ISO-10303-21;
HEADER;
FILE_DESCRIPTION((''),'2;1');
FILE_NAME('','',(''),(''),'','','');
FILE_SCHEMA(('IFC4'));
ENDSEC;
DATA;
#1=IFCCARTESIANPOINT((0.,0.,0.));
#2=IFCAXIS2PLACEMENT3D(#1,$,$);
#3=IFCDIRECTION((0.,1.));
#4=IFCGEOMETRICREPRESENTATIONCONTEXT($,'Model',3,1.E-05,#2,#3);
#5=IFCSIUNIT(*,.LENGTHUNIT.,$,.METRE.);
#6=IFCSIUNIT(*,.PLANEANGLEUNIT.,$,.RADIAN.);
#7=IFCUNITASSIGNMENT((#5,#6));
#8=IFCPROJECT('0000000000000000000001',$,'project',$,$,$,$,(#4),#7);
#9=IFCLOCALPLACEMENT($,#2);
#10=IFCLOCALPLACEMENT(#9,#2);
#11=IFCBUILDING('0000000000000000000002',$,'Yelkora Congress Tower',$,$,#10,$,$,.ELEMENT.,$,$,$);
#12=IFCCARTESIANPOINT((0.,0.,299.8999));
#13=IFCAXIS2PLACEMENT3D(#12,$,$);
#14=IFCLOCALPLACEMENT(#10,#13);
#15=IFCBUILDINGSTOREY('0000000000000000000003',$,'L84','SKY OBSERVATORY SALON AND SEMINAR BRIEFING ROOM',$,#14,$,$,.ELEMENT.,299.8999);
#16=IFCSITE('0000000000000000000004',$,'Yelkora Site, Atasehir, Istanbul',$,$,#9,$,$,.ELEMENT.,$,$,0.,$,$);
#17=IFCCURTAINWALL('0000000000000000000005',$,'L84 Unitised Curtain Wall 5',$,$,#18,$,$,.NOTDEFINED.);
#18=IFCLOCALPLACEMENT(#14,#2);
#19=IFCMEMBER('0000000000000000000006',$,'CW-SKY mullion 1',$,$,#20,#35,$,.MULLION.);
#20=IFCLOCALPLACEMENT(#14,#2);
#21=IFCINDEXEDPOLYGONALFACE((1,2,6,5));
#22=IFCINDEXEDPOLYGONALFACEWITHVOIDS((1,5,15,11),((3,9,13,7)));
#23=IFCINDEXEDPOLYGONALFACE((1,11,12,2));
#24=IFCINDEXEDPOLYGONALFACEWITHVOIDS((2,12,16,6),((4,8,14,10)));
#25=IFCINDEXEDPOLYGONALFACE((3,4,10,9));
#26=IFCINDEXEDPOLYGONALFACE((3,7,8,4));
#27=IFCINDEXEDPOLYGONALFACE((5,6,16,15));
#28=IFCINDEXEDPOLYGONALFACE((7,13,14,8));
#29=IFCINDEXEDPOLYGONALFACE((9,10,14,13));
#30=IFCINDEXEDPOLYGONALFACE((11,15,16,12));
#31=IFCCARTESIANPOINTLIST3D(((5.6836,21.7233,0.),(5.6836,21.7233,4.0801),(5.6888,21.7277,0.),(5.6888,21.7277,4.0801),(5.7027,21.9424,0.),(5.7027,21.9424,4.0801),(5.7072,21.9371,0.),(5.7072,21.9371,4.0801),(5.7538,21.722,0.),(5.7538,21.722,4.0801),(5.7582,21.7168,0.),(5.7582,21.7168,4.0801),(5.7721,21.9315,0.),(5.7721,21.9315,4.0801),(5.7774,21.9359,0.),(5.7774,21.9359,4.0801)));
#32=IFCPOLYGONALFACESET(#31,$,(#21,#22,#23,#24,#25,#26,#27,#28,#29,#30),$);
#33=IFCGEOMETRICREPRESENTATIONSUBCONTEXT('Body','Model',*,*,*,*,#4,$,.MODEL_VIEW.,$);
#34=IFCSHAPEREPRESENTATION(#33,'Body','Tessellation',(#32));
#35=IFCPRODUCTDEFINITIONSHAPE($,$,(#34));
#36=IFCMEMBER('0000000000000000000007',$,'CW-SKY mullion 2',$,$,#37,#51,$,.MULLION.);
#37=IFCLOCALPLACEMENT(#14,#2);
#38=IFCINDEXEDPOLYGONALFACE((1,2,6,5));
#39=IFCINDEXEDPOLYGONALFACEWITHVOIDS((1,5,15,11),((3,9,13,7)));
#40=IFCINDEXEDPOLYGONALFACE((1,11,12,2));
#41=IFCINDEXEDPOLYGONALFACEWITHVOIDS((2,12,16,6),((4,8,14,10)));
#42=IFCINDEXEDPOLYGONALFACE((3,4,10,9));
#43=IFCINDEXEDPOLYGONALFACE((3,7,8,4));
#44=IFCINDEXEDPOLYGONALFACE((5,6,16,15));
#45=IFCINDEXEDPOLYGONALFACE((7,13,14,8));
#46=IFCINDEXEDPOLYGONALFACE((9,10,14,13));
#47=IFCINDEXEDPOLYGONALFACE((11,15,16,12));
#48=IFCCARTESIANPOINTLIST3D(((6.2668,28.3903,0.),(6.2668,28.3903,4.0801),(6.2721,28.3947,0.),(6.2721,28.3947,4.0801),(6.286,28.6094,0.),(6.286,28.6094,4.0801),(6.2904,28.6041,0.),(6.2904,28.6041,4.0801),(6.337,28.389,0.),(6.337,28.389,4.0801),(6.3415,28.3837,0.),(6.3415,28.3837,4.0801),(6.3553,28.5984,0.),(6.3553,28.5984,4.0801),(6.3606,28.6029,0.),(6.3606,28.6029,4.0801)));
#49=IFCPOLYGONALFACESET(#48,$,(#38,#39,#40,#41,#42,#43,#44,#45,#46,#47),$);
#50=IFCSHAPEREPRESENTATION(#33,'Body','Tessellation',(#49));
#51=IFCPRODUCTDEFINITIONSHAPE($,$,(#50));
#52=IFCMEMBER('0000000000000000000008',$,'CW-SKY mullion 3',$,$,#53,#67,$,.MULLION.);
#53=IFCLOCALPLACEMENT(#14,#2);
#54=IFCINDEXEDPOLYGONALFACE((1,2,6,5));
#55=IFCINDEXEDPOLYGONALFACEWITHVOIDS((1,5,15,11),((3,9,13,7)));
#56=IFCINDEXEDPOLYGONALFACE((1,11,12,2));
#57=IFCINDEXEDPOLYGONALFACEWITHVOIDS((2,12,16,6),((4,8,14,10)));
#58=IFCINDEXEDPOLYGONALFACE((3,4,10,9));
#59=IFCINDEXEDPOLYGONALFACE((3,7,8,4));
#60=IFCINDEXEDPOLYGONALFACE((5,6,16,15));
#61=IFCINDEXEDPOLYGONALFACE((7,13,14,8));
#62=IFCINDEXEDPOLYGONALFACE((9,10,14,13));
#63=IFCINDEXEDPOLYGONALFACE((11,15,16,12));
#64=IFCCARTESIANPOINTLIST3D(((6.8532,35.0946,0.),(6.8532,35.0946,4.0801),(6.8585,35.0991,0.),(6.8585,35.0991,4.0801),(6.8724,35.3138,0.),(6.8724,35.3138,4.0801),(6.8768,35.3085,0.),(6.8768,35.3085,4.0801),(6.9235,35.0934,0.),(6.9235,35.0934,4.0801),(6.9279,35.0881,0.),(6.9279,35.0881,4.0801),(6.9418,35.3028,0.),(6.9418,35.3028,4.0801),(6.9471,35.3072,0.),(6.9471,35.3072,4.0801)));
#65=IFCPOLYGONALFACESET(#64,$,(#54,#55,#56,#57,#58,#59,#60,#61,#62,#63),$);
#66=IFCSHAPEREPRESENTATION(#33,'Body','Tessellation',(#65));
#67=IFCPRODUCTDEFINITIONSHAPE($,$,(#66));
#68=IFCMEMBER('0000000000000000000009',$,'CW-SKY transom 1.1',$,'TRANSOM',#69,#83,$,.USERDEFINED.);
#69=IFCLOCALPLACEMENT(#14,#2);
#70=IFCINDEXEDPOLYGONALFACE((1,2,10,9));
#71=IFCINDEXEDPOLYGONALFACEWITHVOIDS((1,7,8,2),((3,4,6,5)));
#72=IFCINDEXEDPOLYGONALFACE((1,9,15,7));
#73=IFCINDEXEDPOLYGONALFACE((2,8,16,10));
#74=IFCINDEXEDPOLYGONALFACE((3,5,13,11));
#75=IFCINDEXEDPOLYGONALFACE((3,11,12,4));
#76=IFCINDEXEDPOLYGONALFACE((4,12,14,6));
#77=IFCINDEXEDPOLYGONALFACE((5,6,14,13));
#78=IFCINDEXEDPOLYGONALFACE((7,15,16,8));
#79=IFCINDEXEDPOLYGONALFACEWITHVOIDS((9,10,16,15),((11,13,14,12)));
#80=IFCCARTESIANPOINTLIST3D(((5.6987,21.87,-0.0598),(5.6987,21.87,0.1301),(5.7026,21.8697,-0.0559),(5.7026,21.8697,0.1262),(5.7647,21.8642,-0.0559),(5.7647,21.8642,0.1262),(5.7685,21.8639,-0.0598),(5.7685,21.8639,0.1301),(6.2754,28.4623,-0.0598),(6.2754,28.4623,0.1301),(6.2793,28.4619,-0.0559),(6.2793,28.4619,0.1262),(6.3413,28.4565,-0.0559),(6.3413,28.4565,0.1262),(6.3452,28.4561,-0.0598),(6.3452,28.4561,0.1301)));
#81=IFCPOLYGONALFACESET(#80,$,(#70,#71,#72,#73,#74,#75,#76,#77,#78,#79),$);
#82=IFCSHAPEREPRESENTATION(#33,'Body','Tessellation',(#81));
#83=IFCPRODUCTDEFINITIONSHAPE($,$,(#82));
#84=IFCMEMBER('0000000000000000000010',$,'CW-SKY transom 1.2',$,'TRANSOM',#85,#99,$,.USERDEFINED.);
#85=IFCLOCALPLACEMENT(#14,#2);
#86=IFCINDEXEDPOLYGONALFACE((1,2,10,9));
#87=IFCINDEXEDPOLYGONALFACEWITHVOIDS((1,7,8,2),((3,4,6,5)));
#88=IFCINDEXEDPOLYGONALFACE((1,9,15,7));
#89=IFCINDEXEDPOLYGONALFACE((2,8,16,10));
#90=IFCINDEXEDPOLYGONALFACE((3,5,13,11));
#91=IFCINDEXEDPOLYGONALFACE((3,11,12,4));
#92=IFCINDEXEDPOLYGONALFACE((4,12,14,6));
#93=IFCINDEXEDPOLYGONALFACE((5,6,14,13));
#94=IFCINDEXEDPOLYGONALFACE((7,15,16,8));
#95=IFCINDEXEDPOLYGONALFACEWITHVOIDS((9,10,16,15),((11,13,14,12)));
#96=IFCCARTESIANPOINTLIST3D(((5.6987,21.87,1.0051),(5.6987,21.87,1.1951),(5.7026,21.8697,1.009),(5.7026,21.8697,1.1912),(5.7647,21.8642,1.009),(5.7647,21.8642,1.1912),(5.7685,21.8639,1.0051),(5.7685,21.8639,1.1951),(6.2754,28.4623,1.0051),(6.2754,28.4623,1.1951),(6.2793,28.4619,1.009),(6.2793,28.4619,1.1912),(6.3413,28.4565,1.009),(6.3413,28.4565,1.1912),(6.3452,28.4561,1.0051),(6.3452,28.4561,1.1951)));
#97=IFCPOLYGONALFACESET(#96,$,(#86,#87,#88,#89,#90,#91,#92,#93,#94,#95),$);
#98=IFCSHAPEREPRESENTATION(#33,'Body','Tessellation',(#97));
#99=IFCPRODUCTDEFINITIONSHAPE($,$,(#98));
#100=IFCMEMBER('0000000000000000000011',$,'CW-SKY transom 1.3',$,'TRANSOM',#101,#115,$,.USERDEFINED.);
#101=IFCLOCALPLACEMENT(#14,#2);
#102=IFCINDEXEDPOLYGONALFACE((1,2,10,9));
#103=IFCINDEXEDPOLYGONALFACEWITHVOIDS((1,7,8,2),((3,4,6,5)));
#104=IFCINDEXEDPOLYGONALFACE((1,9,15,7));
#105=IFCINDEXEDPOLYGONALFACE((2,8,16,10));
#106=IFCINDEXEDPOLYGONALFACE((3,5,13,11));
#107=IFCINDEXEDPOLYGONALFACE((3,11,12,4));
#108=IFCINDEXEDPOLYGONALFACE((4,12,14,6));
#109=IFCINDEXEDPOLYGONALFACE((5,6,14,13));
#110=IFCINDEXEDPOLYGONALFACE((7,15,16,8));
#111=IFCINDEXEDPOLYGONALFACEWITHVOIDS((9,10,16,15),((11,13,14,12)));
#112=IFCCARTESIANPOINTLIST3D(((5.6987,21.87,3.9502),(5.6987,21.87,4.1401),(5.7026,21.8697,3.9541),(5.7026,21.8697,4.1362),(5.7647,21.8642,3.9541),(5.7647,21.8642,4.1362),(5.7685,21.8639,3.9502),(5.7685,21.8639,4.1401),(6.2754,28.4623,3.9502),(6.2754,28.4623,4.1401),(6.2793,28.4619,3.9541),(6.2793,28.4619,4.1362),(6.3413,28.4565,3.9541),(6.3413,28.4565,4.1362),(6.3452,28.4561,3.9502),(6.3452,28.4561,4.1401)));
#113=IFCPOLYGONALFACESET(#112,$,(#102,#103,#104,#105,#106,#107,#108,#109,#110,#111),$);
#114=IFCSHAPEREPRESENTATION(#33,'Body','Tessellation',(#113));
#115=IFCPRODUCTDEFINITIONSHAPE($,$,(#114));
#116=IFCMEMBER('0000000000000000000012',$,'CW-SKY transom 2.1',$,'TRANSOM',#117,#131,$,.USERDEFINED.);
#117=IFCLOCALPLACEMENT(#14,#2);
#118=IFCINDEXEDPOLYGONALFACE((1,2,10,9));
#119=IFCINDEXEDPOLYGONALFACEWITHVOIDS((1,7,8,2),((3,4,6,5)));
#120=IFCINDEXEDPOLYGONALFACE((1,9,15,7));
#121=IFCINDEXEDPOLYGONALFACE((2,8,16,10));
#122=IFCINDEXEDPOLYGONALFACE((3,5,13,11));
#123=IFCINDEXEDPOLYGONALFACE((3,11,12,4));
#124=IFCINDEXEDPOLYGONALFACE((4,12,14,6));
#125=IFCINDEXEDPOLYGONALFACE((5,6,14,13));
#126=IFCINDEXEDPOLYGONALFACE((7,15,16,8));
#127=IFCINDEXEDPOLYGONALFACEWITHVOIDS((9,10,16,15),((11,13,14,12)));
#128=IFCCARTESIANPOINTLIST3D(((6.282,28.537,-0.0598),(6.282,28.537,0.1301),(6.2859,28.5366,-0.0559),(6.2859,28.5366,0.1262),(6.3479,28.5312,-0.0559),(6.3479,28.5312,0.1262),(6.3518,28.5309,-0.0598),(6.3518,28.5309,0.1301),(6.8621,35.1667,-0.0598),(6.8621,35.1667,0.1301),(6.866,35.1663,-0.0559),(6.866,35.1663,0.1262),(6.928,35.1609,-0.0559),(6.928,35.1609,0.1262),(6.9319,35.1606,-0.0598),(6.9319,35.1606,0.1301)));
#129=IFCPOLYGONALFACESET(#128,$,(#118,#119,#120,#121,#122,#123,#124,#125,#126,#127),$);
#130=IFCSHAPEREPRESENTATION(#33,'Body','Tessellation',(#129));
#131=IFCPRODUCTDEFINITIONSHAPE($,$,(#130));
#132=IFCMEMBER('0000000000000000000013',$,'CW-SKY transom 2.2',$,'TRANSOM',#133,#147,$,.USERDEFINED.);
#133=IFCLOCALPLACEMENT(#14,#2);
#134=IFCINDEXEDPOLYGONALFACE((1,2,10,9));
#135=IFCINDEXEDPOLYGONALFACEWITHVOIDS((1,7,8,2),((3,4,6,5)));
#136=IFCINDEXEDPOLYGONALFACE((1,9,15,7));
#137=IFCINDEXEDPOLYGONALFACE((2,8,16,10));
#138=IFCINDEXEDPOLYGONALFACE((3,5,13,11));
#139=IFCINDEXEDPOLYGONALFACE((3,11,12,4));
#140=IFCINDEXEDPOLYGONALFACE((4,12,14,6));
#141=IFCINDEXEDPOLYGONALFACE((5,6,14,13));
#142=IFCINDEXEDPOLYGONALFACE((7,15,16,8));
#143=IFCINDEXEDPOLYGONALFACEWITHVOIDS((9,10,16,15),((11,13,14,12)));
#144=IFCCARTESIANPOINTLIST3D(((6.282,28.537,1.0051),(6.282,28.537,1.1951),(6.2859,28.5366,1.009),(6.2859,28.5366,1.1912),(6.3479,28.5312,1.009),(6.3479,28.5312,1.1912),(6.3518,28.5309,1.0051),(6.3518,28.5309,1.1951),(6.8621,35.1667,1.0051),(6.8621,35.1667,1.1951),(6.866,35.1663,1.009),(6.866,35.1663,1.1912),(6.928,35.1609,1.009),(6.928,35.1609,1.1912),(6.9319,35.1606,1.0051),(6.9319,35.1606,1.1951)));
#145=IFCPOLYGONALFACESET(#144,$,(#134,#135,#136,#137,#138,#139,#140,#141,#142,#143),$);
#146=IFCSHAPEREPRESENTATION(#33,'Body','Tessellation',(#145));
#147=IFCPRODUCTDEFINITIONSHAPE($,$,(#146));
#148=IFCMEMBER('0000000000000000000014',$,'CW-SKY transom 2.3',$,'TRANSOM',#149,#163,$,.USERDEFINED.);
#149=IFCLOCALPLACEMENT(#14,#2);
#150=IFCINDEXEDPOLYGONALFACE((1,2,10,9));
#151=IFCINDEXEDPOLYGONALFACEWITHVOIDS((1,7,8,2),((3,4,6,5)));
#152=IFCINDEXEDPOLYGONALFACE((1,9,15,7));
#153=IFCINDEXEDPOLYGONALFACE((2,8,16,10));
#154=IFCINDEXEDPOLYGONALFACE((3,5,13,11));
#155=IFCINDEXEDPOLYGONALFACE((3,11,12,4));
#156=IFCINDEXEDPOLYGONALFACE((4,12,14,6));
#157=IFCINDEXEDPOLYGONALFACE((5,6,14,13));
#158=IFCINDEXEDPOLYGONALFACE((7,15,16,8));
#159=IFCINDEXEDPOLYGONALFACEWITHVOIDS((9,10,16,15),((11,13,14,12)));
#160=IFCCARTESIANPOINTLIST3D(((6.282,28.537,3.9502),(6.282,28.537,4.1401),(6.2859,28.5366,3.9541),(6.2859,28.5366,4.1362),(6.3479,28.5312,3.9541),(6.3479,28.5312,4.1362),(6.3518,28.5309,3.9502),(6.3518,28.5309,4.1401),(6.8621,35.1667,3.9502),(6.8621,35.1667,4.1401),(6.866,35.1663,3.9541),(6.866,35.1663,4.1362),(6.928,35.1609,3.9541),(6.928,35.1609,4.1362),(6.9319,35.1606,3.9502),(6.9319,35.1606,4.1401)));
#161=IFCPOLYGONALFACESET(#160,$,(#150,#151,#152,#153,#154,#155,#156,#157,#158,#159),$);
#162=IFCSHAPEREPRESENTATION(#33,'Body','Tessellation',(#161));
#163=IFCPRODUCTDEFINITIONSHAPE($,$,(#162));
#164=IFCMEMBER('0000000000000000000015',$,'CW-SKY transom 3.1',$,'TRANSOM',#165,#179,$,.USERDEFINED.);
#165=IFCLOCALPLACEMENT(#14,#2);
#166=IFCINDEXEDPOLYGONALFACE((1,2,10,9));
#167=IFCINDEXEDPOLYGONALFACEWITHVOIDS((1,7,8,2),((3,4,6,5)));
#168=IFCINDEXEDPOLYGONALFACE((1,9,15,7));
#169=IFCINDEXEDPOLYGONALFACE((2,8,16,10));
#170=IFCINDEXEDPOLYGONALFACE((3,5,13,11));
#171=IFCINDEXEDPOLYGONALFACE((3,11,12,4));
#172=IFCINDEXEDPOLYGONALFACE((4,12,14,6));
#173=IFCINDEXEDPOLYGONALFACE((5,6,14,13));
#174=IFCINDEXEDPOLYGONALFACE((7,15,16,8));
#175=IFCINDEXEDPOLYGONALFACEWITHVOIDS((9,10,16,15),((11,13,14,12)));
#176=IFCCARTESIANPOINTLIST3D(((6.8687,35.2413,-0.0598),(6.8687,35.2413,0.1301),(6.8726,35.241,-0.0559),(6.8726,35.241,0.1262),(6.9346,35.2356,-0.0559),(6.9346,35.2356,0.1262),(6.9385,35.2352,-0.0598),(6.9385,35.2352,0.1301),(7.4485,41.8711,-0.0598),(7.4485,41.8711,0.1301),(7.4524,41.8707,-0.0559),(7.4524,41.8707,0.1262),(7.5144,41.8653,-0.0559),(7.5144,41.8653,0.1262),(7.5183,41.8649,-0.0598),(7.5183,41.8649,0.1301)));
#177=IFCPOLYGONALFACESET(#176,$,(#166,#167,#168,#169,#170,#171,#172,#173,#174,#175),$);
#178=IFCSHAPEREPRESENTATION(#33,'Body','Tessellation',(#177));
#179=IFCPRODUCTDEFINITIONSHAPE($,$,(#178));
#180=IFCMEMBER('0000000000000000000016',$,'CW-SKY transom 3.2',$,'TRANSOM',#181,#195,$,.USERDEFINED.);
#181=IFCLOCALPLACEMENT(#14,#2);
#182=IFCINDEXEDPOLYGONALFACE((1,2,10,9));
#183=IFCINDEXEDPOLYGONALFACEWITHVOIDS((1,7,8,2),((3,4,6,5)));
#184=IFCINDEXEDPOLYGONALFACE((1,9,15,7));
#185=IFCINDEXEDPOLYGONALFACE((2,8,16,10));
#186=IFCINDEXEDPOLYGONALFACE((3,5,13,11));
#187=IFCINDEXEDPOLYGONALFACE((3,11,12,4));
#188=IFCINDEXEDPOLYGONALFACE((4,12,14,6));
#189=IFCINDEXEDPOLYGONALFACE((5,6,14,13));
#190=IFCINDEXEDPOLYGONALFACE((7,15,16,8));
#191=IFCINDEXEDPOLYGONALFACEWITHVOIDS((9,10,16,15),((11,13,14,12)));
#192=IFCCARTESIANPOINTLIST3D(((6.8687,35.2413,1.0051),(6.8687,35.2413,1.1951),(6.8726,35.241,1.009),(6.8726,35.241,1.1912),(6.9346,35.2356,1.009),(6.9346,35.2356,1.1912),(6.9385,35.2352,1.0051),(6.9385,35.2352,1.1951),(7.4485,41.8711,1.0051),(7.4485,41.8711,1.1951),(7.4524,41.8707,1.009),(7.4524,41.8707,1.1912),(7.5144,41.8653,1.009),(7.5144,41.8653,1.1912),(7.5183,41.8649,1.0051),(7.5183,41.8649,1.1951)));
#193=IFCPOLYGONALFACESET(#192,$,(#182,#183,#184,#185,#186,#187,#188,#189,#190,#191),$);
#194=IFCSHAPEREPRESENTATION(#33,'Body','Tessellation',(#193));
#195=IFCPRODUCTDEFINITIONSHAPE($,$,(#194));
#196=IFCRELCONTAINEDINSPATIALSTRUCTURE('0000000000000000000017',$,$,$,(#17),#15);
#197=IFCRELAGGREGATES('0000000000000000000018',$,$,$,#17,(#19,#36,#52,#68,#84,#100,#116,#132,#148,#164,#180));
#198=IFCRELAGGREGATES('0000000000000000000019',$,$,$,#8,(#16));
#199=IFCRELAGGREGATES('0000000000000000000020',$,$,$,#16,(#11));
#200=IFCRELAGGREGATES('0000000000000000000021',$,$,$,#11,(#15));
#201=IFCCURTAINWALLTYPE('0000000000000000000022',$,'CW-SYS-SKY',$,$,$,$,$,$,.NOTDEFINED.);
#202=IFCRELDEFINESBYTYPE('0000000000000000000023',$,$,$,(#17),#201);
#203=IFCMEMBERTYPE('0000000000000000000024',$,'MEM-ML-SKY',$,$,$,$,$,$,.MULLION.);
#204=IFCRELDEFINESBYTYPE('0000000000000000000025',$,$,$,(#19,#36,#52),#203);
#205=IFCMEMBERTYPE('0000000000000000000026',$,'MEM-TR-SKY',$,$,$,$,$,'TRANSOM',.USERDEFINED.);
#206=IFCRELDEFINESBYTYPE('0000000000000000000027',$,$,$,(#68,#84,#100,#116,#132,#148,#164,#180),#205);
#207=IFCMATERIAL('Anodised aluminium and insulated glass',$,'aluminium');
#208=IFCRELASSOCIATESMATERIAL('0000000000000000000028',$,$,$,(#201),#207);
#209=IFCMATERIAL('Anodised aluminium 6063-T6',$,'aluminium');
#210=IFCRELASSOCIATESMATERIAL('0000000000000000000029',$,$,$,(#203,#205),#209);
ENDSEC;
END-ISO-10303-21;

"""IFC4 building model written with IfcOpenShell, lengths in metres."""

from ifc_helpers import new_model, si_unit, direction, frame, origin, origin_2d, place, context, subcontext, project, spatial, hollow_rectangle, extrude, material, material_profile, profile_set, type_object, element, aggregate, save


model = new_model("IFC4")

# Units and contexts
model_context = context("Model", 3, precision=1e-05, world=origin(), true_north=direction((0.0, 1.0)))
body_context = subcontext(model_context, "Body", "Model", "MODEL_VIEW")
ifc_project = project(units=[si_unit("LENGTHUNIT", "METRE"), si_unit("PLANEANGLEUNIT", "RADIAN")], contexts=[model_context])

# Site, building, storey
site_placement = place(None, origin())
site = spatial("IfcSite", under=ifc_project, at=site_placement, Name="Yelkora Site, Atasehir, Istanbul", CompositionType="ELEMENT", RefElevation=0.0)
building_placement = place(site_placement, origin())
building = spatial("IfcBuilding", under=site, at=building_placement, Name="Yelkora Congress Tower", CompositionType="ELEMENT")
storey_placement = place(building_placement, frame((0.0, 0.0, 299.8999)))
storey = spatial("IfcBuildingStorey", under=building, at=storey_placement, Name="L84", Description="SKY OBSERVATORY SALON AND SEMINAR BRIEFING ROOM", CompositionType="ELEMENT", Elevation=299.8999)

# Curtain wall, members
ifc_material_1 = material(Name="Anodised aluminium and insulated glass", Category="aluminium")
curtain_wall_type = type_object("IfcCurtainWallType", Name="CW-SYS-SKY", PredefinedType="NOTDEFINED", material=ifc_material_1)
curtain_wall_placement = place(storey_placement, origin())
curtain_wall = element("IfcCurtainWall", 1, at=curtain_wall_placement, inside=storey, type_object=curtain_wall_type, Name="L84 Unitised Curtain Wall 5", PredefinedType="NOTDEFINED")
ifc_material_2 = material(Name="Anodised aluminium 6063-T6", Category="aluminium")
ifc_material_profile_1 = material_profile(ifc_material_2, hollow_rectangle(XDim=0.075, YDim=0.22, WallThickness=0.0049, at=origin_2d()), Name="ALU 75x220x5")
ifc_profile_set_1 = profile_set([ifc_material_profile_1], Name="Anodised aluminium 6063-T6")
member_type_1 = type_object("IfcMemberType", Name="MEM-ML-SKY", PredefinedType="MULLION", material=ifc_profile_set_1)
member_1_placement = place(storey_placement, frame((5.7305, 21.8296, 0.0), z_axis=(0.0, 0.0, 1.0), x_axis=(-0.996195, 0.087155, 0.0)))
member_1 = element("IfcMember", 2, at=member_1_placement, type_object=member_type_1, Name="CW-SKY mullion 1", PredefinedType="MULLION", context=body_context, shape_type="SweptSolid", body=[
    extrude(hollow_rectangle(XDim=0.075, YDim=0.22, WallThickness=0.0049, at=origin_2d()), origin(), (0.0, 0.0, 1.0), 4.0801),
])
member_2_placement = place(storey_placement, frame((6.3137, 28.4966, 0.0), z_axis=(0.0, 0.0, 1.0), x_axis=(-0.996195, 0.087155, 0.0)))
member_2 = element("IfcMember", 3, at=member_2_placement, type_object=member_type_1, Name="CW-SKY mullion 2", PredefinedType="MULLION", context=body_context, shape_type="SweptSolid", body=[
    extrude(hollow_rectangle(XDim=0.075, YDim=0.22, WallThickness=0.0049, at=origin_2d()), origin(), (0.0, 0.0, 1.0), 4.0801),
])
member_3_placement = place(storey_placement, frame((6.9001, 35.2009, 0.0), z_axis=(0.0, 0.0, 1.0), x_axis=(-0.996195, 0.087155, 0.0)))
member_3 = element("IfcMember", 4, at=member_3_placement, type_object=member_type_1, Name="CW-SKY mullion 3", PredefinedType="MULLION", context=body_context, shape_type="SweptSolid", body=[
    extrude(hollow_rectangle(XDim=0.075, YDim=0.22, WallThickness=0.0049, at=origin_2d()), origin(), (0.0, 0.0, 1.0), 4.0801),
])
ifc_material_profile_2 = material_profile(ifc_material_2, hollow_rectangle(XDim=0.0701, YDim=0.1899, WallThickness=0.0039, at=origin_2d()), Name="ALU 70x190x4")
ifc_profile_set_2 = profile_set([ifc_material_profile_2], Name="Anodised aluminium 6063-T6")
member_type_2 = type_object("IfcMemberType", Name="MEM-TR-SKY", ElementType="TRANSOM", PredefinedType="USERDEFINED", material=ifc_profile_set_2)
member_4_placement = place(storey_placement, frame((5.7336, 21.8669, 0.0352), z_axis=(0.087142, 0.996196, 0.0), x_axis=(-0.996196, 0.087142, 0.0)))
member_4 = element("IfcMember", 5, at=member_4_placement, type_object=member_type_2, Name="CW-SKY transom 1.1", ObjectType="TRANSOM", PredefinedType="USERDEFINED", context=body_context, shape_type="SweptSolid", body=[
    extrude(hollow_rectangle(XDim=0.0701, YDim=0.1899, WallThickness=0.0039, at=origin_2d()), origin(), (0.0, 0.0, 1.0), 6.6174),
])
member_5_placement = place(storey_placement, frame((5.7336, 21.8669, 1.1001), z_axis=(0.087142, 0.996196, 0.0), x_axis=(-0.996196, 0.087142, 0.0)))
member_5 = element("IfcMember", 6, at=member_5_placement, type_object=member_type_2, Name="CW-SKY transom 1.2", ObjectType="TRANSOM", PredefinedType="USERDEFINED", context=body_context, shape_type="SweptSolid", body=[
    extrude(hollow_rectangle(XDim=0.0701, YDim=0.1899, WallThickness=0.0039, at=origin_2d()), origin(), (0.0, 0.0, 1.0), 6.6174),
])
member_6_placement = place(storey_placement, frame((5.7336, 21.8669, 4.0452), z_axis=(0.087142, 0.996196, 0.0), x_axis=(-0.996196, 0.087142, 0.0)))
member_6 = element("IfcMember", 7, at=member_6_placement, type_object=member_type_2, Name="CW-SKY transom 1.3", ObjectType="TRANSOM", PredefinedType="USERDEFINED", context=body_context, shape_type="SweptSolid", body=[
    extrude(hollow_rectangle(XDim=0.0701, YDim=0.1899, WallThickness=0.0039, at=origin_2d()), origin(), (0.0, 0.0, 1.0), 6.6174),
])
member_7_placement = place(storey_placement, frame((6.3169, 28.5339, 0.0352), z_axis=(0.087165, 0.996194, 0.0), x_axis=(-0.996194, 0.087165, 0.0)))
member_7 = element("IfcMember", 8, at=member_7_placement, type_object=member_type_2, Name="CW-SKY transom 2.1", ObjectType="TRANSOM", PredefinedType="USERDEFINED", context=body_context, shape_type="SweptSolid", body=[
    extrude(hollow_rectangle(XDim=0.0701, YDim=0.1899, WallThickness=0.0039, at=origin_2d()), origin(), (0.0, 0.0, 1.0), 6.655),
])
member_8_placement = place(storey_placement, frame((6.3169, 28.5339, 1.1001), z_axis=(0.087165, 0.996194, 0.0), x_axis=(-0.996194, 0.087165, 0.0)))
member_8 = element("IfcMember", 9, at=member_8_placement, type_object=member_type_2, Name="CW-SKY transom 2.2", ObjectType="TRANSOM", PredefinedType="USERDEFINED", context=body_context, shape_type="SweptSolid", body=[
    extrude(hollow_rectangle(XDim=0.0701, YDim=0.1899, WallThickness=0.0039, at=origin_2d()), origin(), (0.0, 0.0, 1.0), 6.655),
])
member_9_placement = place(storey_placement, frame((6.3169, 28.5339, 4.0452), z_axis=(0.087165, 0.996194, 0.0), x_axis=(-0.996194, 0.087165, 0.0)))
member_9 = element("IfcMember", 10, at=member_9_placement, type_object=member_type_2, Name="CW-SKY transom 2.3", ObjectType="TRANSOM", PredefinedType="USERDEFINED", context=body_context, shape_type="SweptSolid", body=[
    extrude(hollow_rectangle(XDim=0.0701, YDim=0.1899, WallThickness=0.0039, at=origin_2d()), origin(), (0.0, 0.0, 1.0), 6.655),
])
member_10_placement = place(storey_placement, frame((6.9036, 35.2383, 0.0352), z_axis=(0.087128, 0.996197, 0.0), x_axis=(-0.996197, 0.087128, 0.0)))
member_10 = element("IfcMember", 11, at=member_10_placement, type_object=member_type_2, Name="CW-SKY transom 3.1", ObjectType="TRANSOM", PredefinedType="USERDEFINED", context=body_context, shape_type="SweptSolid", body=[
    extrude(hollow_rectangle(XDim=0.0701, YDim=0.1899, WallThickness=0.0039, at=origin_2d()), origin(), (0.0, 0.0, 1.0), 6.655),
])
member_11_placement = place(storey_placement, frame((6.9036, 35.2383, 1.1001), z_axis=(0.087128, 0.996197, 0.0), x_axis=(-0.996197, 0.087128, 0.0)))
member_11 = element("IfcMember", 12, at=member_11_placement, type_object=member_type_2, Name="CW-SKY transom 3.2", ObjectType="TRANSOM", PredefinedType="USERDEFINED", context=body_context, shape_type="SweptSolid", body=[
    extrude(hollow_rectangle(XDim=0.0701, YDim=0.1899, WallThickness=0.0039, at=origin_2d()), origin(), (0.0, 0.0, 1.0), 6.655),
])
aggregate(curtain_wall, [member_1, member_2, member_3, member_4, member_5, member_6, member_7, member_8, member_9, member_10, member_11])

save(model, "model.ifc")
